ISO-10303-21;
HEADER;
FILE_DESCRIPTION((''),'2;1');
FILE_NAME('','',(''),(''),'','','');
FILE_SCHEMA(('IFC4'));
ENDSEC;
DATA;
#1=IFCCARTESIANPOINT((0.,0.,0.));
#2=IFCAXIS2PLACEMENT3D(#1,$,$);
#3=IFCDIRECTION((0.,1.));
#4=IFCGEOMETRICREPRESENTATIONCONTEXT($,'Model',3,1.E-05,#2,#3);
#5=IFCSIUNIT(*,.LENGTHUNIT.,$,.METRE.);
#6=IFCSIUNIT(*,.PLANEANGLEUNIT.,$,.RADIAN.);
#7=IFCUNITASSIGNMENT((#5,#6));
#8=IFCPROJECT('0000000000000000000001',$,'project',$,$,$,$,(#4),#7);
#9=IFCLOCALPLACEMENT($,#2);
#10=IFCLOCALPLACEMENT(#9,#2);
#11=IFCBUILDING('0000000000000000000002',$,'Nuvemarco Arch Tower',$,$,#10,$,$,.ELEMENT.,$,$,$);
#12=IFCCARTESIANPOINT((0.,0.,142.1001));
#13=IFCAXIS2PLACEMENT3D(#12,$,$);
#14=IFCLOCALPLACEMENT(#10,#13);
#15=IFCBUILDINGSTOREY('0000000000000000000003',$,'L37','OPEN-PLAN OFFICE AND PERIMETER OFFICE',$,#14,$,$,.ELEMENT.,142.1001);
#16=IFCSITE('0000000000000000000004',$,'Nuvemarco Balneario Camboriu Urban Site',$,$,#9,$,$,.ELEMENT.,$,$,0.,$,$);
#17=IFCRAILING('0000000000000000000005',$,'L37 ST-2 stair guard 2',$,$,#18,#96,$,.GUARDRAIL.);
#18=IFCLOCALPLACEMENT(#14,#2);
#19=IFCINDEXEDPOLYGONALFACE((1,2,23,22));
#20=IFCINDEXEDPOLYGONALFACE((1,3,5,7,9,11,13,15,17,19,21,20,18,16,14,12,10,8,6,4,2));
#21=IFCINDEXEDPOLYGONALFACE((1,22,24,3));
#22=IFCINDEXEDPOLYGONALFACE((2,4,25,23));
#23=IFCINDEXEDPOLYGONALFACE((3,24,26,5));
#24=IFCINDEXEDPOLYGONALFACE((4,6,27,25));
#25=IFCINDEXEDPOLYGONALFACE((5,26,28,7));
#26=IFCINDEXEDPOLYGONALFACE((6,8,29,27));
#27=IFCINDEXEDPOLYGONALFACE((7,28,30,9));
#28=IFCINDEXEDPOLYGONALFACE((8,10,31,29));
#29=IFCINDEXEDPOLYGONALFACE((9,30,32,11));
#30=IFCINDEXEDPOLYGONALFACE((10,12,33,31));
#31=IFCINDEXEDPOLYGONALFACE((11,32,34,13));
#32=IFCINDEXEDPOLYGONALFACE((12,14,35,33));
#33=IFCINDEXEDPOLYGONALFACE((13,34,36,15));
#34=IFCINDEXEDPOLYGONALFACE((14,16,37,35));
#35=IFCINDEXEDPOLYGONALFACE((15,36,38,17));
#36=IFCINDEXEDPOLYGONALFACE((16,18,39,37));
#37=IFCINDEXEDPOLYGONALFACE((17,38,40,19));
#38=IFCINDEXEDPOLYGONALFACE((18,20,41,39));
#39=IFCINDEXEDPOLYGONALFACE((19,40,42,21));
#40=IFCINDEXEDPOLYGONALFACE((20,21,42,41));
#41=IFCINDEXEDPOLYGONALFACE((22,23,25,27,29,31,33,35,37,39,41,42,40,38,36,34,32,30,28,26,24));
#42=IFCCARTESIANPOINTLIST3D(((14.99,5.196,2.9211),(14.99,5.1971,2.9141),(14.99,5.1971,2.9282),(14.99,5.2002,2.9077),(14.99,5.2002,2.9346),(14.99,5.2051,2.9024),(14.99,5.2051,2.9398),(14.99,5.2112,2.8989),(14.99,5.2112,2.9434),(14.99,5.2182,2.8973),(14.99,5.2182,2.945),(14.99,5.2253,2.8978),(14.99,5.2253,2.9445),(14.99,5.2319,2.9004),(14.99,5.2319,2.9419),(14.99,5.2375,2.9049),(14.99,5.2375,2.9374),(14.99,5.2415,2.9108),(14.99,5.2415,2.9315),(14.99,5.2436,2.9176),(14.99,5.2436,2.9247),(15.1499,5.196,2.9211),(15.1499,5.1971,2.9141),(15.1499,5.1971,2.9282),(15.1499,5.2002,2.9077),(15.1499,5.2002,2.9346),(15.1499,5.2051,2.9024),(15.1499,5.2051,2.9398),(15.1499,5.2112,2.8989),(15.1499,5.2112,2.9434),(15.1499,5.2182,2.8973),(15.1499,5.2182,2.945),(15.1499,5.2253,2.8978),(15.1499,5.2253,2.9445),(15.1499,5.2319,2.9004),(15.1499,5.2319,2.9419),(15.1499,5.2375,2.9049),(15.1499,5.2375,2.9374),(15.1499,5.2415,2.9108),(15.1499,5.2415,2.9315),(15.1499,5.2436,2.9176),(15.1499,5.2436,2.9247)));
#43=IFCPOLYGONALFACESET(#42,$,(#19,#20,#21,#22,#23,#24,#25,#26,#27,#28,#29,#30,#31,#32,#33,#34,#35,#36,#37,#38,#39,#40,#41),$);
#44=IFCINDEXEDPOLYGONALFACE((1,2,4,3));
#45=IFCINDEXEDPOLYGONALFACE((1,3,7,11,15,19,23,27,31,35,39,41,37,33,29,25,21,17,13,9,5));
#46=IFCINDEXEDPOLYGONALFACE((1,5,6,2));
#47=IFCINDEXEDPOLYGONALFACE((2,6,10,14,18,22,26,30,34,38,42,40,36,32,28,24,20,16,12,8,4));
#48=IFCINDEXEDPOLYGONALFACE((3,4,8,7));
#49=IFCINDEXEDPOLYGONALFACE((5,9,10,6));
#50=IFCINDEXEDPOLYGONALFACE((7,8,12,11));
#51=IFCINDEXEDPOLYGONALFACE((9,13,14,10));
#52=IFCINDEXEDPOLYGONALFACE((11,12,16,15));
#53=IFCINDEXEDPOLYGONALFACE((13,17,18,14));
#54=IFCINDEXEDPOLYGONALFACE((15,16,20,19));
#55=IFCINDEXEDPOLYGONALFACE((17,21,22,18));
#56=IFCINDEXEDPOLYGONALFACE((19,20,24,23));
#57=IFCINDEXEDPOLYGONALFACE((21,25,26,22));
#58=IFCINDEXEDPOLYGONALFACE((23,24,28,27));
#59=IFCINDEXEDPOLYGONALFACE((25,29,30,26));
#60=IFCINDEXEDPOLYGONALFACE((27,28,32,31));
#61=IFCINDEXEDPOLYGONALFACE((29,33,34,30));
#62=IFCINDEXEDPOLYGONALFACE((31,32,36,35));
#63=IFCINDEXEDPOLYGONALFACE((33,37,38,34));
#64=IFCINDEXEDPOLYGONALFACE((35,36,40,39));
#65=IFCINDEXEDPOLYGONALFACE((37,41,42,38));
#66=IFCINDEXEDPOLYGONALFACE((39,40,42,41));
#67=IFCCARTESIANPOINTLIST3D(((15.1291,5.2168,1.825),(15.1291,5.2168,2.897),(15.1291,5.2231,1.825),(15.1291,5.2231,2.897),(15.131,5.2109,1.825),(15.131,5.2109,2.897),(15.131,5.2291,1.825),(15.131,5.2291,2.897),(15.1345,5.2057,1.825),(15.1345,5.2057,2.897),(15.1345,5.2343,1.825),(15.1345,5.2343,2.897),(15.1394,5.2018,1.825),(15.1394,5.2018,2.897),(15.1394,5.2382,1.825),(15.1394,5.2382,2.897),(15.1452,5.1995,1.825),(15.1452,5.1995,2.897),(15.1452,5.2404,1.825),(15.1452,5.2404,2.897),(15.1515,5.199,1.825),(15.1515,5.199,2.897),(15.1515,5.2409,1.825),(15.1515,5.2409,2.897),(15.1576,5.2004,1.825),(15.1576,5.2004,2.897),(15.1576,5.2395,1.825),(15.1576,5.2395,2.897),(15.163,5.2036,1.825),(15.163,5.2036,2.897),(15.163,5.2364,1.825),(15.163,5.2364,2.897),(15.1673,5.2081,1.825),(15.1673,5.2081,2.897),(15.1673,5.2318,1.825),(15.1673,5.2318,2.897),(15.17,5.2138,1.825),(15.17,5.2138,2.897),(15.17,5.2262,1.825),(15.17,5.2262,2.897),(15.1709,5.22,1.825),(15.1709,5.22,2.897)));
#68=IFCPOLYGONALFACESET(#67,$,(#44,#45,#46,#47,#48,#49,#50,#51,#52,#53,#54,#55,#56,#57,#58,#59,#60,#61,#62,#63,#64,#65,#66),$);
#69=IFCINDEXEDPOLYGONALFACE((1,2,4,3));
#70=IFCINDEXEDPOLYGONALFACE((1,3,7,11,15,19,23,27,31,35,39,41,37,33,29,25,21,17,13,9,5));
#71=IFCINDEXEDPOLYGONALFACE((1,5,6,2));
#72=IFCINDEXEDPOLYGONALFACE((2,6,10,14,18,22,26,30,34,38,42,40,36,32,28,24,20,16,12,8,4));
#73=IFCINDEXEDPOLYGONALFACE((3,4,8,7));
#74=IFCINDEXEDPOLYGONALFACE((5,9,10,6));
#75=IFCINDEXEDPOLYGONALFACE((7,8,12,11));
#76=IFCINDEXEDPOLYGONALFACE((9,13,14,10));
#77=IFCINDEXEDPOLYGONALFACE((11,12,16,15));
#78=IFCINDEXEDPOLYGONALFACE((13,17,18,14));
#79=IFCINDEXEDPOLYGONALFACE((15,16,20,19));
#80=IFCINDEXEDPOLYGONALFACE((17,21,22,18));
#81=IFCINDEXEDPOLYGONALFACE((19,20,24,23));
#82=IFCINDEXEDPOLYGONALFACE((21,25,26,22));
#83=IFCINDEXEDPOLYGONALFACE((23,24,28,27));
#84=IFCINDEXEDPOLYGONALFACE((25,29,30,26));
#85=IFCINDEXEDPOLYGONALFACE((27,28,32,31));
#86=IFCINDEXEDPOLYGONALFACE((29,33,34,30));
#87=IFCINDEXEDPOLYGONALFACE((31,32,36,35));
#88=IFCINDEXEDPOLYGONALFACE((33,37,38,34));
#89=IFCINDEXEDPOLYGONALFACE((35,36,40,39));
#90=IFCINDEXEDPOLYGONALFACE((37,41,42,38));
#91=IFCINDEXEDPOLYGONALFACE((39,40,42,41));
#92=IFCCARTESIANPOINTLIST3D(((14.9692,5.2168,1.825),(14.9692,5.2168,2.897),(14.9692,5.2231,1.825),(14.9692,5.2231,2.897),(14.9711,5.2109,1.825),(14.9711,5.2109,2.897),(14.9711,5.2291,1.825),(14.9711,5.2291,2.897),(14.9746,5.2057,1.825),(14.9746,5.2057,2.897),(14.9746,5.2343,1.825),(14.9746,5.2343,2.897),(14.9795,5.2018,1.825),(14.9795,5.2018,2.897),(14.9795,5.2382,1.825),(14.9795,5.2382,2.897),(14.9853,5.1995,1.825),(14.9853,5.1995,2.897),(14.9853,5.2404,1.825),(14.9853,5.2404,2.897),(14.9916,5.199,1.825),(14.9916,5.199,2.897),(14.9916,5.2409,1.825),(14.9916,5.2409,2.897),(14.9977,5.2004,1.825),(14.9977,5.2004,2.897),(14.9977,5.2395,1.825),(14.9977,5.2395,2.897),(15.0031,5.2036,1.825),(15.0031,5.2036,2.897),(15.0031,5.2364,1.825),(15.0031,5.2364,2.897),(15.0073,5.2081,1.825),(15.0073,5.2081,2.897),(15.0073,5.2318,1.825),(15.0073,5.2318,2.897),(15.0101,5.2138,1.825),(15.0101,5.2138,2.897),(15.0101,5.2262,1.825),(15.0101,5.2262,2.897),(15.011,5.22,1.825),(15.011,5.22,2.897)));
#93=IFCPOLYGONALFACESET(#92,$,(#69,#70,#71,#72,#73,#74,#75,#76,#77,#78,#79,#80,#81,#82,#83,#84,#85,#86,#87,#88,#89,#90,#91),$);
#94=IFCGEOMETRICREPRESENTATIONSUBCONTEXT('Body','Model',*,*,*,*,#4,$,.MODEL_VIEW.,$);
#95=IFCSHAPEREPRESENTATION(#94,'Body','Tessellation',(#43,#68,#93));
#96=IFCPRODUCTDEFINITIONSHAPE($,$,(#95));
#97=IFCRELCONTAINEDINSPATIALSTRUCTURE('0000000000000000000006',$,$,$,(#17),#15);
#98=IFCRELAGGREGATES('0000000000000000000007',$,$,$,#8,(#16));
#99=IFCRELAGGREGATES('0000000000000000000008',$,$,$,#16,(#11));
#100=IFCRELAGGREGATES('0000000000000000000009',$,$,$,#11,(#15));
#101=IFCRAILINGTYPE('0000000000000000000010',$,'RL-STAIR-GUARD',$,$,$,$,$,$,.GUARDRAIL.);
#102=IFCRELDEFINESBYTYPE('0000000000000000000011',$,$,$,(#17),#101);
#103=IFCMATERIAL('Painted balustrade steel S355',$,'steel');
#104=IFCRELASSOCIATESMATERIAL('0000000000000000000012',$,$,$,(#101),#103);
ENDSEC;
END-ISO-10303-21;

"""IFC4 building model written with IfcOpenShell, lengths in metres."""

from ifc_helpers import new_model, si_unit, direction, frame, origin, origin_2d, place, context, subcontext, project, spatial, circle, extrude, material, type_object, element, save


model = new_model("IFC4")

# Units and contexts
model_context = context("Model", 3, precision=1e-05, world=origin(), true_north=direction((0.0, 1.0)))
body_context = subcontext(model_context, "Body", "Model", "MODEL_VIEW")
ifc_project = project(units=[si_unit("LENGTHUNIT", "METRE"), si_unit("PLANEANGLEUNIT", "RADIAN")], contexts=[model_context])

# Site, building, storey
site_placement = place(None, origin())
site = spatial("IfcSite", under=ifc_project, at=site_placement, Name="Nuvemarco Balneario Camboriu Urban Site", CompositionType="ELEMENT", RefElevation=0.0)
building_placement = place(site_placement, origin())
building = spatial("IfcBuilding", under=site, at=building_placement, Name="Nuvemarco Arch Tower", CompositionType="ELEMENT")
storey_placement = place(building_placement, frame((0.0, 0.0, 142.1001)))
storey = spatial("IfcBuildingStorey", under=building, at=storey_placement, Name="L37", Description="OPEN-PLAN OFFICE AND PERIMETER OFFICE", CompositionType="ELEMENT", Elevation=142.1001)

# Railing
ifc_material_1 = material(Name="Painted balustrade steel S355", Category="steel")
railing_type_1 = type_object("IfcRailingType", Name="RL-STAIR-GUARD", PredefinedType="GUARDRAIL", material=ifc_material_1)
railing_1_placement = place(storey_placement, frame((15.1499, 5.22, 1.825)))
element("IfcRailing", 1, at=railing_1_placement, inside=storey, type_object=railing_type_1, Name="L37 ST-2 stair guard 2", PredefinedType="GUARDRAIL", context=body_context, shape_type="SweptSolid", body=[
    extrude(circle(Radius=0.0239, at=origin_2d()), frame((0.0, 0.0, 1.0962), z_axis=(-1.0, 0.0, 0.0), x_axis=(0.0, -1.0, 0.0)), (0.0, 0.0, 1.0), 0.1599),
    extrude(circle(Radius=0.021, at=origin_2d()), origin(), (0.0, 0.0, 1.0), 1.072),
    extrude(circle(Radius=0.021, at=origin_2d()), frame((-0.1599, 0.0, 0.0)), (0.0, 0.0, 1.0), 1.072),
])

save(model, "model.ifc")
